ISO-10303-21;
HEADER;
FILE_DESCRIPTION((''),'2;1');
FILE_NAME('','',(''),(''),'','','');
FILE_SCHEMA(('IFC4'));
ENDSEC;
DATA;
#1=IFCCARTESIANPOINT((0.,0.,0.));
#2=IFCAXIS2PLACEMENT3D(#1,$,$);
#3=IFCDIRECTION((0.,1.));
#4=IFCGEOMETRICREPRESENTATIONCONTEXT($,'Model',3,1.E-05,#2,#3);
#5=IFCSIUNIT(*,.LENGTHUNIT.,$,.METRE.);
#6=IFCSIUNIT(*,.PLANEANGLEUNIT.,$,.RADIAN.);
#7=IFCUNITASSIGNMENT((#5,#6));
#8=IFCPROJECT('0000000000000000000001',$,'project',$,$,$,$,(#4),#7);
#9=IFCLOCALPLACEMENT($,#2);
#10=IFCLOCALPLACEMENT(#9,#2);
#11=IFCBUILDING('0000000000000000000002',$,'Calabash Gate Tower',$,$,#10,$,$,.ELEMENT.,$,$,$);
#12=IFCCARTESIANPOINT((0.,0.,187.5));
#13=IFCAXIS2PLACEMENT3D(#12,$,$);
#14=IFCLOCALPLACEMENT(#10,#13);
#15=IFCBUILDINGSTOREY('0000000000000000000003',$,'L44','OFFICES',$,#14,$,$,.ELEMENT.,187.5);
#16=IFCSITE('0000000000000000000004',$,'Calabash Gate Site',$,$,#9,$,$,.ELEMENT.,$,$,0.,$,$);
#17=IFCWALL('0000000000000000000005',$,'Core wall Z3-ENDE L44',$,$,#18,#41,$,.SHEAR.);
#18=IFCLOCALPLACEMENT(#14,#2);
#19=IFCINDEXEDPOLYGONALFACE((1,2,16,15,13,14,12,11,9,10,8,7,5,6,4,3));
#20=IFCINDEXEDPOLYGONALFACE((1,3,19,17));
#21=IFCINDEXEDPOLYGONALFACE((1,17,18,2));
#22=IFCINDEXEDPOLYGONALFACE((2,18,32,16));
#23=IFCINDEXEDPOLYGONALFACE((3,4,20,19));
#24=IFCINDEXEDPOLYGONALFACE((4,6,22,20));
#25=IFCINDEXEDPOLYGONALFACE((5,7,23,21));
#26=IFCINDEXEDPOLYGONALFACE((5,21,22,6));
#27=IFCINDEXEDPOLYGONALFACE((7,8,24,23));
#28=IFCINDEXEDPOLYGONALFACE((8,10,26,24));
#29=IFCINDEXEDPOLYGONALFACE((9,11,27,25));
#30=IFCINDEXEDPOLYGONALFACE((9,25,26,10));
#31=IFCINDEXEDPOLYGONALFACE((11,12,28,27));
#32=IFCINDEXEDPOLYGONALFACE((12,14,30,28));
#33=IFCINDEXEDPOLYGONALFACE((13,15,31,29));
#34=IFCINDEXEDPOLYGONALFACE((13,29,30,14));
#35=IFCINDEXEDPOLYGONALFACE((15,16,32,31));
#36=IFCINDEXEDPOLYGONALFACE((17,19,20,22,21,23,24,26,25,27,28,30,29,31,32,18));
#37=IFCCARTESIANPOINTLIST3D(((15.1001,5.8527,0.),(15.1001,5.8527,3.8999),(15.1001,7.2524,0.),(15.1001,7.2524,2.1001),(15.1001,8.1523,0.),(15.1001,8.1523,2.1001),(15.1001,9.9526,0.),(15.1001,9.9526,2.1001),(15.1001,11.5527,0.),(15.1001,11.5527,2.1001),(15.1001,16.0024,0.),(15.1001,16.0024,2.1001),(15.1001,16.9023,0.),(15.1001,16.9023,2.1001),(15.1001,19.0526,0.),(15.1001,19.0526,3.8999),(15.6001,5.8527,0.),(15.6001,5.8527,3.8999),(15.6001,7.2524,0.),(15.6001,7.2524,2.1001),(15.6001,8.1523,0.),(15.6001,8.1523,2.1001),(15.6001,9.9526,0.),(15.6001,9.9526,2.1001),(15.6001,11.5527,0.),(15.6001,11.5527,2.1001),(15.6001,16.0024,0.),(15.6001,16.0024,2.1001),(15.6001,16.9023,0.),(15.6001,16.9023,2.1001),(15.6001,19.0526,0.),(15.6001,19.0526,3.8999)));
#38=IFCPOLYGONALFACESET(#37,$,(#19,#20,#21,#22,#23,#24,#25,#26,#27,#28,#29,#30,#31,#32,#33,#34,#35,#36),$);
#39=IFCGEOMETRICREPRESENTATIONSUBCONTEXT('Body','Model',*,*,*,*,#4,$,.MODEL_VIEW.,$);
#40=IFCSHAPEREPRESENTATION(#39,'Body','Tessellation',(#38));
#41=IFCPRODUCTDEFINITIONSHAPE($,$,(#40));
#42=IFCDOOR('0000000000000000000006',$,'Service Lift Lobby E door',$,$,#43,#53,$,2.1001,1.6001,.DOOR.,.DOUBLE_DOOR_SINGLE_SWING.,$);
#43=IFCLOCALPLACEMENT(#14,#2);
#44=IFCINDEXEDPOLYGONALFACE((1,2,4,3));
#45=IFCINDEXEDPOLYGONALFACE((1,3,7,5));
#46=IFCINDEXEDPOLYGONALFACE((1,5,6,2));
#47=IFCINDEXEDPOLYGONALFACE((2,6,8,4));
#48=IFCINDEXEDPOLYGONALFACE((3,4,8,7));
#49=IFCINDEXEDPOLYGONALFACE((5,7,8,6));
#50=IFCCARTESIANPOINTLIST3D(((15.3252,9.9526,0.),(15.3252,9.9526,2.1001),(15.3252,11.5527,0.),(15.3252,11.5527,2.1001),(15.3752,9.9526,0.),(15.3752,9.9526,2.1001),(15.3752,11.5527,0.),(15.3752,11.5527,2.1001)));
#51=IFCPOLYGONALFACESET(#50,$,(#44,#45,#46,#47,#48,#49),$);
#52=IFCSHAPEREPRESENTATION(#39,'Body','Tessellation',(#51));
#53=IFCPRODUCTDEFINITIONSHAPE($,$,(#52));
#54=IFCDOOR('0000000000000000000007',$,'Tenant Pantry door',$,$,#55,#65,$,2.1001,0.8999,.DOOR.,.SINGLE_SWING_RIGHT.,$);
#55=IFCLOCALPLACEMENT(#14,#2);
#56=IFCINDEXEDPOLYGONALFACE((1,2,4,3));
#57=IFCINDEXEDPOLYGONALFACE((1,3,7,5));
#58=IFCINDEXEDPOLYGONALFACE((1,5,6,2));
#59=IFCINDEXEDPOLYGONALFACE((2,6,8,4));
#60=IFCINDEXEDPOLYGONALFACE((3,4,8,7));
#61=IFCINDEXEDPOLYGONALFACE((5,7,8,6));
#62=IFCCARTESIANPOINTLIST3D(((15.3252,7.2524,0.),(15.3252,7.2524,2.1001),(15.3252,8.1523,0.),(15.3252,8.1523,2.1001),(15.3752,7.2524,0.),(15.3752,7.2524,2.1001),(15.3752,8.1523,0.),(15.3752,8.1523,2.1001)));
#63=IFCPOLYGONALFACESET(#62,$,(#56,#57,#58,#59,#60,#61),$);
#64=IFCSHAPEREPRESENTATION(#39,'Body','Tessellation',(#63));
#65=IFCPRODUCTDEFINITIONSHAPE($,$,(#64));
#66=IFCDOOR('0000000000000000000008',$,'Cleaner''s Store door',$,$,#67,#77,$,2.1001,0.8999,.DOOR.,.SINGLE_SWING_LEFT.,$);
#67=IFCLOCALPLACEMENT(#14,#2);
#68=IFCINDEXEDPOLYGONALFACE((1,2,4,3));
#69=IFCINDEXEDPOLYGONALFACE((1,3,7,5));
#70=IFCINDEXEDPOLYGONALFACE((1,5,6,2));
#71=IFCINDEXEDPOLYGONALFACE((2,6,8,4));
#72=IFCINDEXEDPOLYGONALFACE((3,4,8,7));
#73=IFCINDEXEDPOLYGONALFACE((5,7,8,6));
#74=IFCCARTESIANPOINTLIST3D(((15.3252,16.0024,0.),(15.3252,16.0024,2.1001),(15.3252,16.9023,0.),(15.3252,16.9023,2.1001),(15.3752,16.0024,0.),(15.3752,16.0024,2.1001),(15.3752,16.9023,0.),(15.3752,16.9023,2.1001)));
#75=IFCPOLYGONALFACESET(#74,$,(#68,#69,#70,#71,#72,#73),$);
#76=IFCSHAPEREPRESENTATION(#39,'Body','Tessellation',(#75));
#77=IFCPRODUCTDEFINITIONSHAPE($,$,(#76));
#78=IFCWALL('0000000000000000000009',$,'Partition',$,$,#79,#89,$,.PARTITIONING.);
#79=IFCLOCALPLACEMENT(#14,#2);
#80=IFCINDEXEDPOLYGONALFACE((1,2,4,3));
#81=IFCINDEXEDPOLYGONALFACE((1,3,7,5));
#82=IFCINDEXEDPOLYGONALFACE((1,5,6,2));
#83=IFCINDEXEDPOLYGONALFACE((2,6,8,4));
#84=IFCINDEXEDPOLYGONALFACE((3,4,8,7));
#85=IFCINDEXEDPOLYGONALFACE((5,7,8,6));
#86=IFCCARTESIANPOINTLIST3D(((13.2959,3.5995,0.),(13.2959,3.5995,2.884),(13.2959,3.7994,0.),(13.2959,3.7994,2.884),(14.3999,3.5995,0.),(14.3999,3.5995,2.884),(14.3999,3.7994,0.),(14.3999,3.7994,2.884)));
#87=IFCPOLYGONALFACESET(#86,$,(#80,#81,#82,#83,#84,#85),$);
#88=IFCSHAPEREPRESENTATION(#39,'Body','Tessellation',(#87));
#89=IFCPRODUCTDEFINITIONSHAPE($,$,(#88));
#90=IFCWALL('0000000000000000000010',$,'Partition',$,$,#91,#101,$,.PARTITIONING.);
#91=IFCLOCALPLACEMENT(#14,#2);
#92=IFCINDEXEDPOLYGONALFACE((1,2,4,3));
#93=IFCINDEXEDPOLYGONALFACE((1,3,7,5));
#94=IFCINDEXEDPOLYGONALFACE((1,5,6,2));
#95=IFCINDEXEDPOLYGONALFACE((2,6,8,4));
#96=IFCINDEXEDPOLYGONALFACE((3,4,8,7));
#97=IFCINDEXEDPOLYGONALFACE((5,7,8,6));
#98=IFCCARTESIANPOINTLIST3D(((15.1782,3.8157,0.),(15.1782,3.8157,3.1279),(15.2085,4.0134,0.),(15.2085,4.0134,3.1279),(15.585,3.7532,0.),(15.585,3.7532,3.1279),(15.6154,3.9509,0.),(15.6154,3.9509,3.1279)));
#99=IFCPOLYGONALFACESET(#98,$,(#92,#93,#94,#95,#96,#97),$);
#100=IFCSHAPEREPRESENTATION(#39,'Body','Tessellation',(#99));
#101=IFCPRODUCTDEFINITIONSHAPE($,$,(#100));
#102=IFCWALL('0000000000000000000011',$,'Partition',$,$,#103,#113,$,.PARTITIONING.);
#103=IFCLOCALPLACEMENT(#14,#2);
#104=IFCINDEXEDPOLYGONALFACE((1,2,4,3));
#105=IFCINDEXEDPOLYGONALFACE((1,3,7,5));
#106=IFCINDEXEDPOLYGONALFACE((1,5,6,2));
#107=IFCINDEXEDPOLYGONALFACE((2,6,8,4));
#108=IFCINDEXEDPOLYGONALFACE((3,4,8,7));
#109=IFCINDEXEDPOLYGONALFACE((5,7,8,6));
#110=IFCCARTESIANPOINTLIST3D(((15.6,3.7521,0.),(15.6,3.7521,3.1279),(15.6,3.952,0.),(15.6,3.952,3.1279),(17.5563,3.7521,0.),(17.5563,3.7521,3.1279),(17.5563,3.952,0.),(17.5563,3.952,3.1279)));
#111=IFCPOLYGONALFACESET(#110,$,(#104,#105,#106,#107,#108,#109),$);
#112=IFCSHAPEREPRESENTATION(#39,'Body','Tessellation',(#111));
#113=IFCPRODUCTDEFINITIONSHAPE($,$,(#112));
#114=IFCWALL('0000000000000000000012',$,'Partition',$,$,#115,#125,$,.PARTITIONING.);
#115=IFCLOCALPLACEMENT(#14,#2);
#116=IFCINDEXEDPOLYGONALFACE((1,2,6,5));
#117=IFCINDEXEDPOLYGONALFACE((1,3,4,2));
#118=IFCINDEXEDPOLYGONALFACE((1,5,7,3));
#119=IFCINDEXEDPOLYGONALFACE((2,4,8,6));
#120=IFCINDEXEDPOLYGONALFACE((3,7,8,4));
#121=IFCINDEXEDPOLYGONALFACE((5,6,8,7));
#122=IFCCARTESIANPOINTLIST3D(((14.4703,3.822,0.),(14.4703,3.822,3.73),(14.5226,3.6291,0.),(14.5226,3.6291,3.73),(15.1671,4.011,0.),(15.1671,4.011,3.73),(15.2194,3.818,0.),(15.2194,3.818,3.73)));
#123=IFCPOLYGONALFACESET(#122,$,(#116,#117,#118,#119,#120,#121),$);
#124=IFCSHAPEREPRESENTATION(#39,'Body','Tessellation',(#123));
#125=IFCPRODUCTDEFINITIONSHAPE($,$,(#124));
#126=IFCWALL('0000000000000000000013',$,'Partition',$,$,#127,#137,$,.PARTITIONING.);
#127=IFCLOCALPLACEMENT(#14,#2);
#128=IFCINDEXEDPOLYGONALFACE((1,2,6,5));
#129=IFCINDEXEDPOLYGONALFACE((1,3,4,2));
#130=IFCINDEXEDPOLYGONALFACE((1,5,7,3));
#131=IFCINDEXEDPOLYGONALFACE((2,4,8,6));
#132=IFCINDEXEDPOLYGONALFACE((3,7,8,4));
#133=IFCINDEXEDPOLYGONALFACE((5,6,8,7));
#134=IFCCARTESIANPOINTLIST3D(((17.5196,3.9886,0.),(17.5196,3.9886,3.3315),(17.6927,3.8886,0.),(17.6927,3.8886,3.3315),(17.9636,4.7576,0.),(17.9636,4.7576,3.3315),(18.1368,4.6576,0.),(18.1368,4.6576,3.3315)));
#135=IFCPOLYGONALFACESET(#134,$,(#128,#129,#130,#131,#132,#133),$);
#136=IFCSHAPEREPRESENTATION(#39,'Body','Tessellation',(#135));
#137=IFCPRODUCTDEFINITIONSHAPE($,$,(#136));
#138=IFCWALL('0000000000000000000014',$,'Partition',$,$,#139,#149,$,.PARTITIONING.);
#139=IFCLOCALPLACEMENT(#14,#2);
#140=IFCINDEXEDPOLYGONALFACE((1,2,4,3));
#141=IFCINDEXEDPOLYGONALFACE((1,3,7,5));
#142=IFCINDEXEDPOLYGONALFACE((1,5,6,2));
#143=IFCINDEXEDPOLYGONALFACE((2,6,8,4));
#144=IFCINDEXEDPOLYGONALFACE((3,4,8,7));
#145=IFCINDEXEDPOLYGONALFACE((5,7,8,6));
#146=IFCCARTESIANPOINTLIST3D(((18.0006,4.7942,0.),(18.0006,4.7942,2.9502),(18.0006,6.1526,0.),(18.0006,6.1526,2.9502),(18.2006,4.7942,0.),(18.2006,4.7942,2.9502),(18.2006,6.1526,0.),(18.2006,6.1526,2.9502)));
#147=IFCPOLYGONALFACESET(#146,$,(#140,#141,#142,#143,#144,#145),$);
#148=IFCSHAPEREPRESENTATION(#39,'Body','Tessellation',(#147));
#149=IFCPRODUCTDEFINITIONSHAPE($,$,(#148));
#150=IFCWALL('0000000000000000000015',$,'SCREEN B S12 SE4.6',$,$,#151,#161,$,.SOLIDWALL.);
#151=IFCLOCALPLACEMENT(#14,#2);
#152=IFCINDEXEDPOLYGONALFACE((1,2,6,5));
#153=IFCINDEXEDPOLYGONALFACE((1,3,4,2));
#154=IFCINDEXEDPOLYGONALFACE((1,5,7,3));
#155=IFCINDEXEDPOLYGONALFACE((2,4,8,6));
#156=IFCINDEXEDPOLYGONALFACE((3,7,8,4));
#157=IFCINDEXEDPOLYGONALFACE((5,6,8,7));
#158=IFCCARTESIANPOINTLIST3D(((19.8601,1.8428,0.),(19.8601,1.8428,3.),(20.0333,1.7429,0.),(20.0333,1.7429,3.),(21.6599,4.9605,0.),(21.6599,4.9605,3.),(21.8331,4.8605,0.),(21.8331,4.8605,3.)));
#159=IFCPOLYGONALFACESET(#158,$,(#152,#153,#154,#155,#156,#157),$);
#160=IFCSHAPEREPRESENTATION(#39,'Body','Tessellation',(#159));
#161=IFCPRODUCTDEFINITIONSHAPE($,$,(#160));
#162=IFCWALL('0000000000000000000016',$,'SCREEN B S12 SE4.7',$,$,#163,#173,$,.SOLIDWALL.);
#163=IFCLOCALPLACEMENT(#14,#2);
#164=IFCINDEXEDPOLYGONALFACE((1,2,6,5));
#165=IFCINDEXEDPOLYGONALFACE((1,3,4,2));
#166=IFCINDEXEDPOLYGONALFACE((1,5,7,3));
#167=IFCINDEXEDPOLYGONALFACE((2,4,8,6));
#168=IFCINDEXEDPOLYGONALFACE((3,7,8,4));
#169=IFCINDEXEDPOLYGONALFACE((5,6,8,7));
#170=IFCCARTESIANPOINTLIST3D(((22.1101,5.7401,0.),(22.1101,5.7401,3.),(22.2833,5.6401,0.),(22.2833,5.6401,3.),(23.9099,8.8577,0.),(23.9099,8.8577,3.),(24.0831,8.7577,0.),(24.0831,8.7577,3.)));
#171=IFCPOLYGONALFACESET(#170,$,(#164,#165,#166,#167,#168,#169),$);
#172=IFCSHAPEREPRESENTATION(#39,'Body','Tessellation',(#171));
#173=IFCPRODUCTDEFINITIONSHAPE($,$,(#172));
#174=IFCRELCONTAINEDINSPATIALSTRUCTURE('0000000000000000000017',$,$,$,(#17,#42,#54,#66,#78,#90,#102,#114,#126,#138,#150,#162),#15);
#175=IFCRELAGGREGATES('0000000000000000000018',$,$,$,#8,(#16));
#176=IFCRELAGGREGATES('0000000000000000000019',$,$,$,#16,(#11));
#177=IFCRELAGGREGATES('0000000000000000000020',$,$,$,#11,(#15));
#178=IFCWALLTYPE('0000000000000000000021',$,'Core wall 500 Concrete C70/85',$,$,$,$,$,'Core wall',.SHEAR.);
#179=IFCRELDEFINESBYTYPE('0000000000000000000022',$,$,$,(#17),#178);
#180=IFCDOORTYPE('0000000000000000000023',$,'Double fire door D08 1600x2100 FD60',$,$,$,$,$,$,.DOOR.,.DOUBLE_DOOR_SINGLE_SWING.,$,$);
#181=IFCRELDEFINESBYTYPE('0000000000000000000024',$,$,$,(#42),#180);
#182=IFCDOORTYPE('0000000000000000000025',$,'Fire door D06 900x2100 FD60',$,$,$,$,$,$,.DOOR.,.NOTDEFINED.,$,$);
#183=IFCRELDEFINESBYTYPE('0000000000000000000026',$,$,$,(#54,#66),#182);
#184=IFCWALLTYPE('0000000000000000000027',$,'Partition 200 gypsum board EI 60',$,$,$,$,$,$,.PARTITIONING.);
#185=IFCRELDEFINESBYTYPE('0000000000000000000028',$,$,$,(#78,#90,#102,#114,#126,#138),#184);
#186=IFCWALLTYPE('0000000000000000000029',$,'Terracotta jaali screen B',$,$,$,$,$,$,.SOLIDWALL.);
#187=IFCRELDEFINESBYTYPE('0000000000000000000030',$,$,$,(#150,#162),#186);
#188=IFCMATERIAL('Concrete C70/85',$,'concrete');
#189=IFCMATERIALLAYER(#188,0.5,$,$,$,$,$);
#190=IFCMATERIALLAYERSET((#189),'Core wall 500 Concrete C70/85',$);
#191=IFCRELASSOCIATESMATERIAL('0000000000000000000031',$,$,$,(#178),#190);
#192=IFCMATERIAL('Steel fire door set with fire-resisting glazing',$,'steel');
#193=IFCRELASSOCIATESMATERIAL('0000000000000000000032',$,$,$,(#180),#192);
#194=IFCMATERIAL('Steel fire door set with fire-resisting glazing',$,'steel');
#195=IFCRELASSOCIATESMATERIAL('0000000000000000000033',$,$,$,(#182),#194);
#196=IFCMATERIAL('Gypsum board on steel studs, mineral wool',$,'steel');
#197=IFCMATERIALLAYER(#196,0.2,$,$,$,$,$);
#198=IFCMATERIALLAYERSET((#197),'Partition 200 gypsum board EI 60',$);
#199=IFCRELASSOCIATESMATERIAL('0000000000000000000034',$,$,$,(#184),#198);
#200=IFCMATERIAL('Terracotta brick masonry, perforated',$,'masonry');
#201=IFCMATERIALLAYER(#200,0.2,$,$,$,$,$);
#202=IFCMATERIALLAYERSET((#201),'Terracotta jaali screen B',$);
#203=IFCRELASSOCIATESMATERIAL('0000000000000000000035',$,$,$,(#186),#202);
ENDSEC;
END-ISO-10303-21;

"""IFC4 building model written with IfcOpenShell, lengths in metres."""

from ifc_helpers import new_model, si_unit, direction, frame, frame_2d, origin, place, context, subcontext, project, spatial, rectangle, extrude, material, layer, layer_set, type_object, element, fill, save


model = new_model("IFC4")

# Units and contexts
model_context = context("Model", 3, precision=1e-05, world=origin(), true_north=direction((0.0, 1.0)))
body_context = subcontext(model_context, "Body", "Model", "MODEL_VIEW")
ifc_project = project(units=[si_unit("LENGTHUNIT", "METRE"), si_unit("PLANEANGLEUNIT", "RADIAN")], contexts=[model_context])

# Site, building, storey
site_placement = place(None, origin())
site = spatial("IfcSite", under=ifc_project, at=site_placement, Name="Calabash Gate Site", CompositionType="ELEMENT", RefElevation=0.0)
building_placement = place(site_placement, origin())
building = spatial("IfcBuilding", under=site, at=building_placement, Name="Calabash Gate Tower", CompositionType="ELEMENT")
storey_placement = place(building_placement, frame((0.0, 0.0, 187.5)))
storey = spatial("IfcBuildingStorey", under=building, at=storey_placement, Name="L44", Description="OFFICES", CompositionType="ELEMENT", Elevation=187.5)

# Wall, openings, doors
ifc_material_1 = material(Name="Concrete C70/85", Category="concrete")
ifc_layer_1 = layer(ifc_material_1, 0.5)
ifc_layer_set_1 = layer_set([ifc_layer_1], Name="Core wall 500 Concrete C70/85")
wall_type_1 = type_object("IfcWallType", Name="Core wall 500 Concrete C70/85", ElementType="Core wall", PredefinedType="SHEAR", material=ifc_layer_set_1)
wall_1_placement = place(storey_placement, frame((15.3501, 5.8525, 0.0), z_axis=(0.0, 0.0, 1.0), x_axis=(0.0, 1.0, 0.0)))
wall_1 = element("IfcWall", 1, at=wall_1_placement, inside=storey, type_object=wall_type_1, Name="Core wall Z3-ENDE L44", PredefinedType="SHEAR", context=body_context, shape_type="SweptSolid", body=[
    extrude(rectangle(XDim=13.2, YDim=0.5, at=frame_2d((6.6001, 0.0))), origin(), (0.0, 0.0, 1.0), 3.8999),
])
opening_1_placement = place(wall_1_placement, frame((4.1001, 0.0, 0.0)))
opening_1 = element("IfcOpeningElement", 2, at=opening_1_placement, cuts=wall_1, PredefinedType="OPENING", context=body_context, shape_type="SweptSolid", body=[
    extrude(rectangle(XDim=1.6001, YDim=2.1001, at=frame_2d((0.8, 1.05))), frame((0.0, 0.26, 0.0), z_axis=(0.0, -1.0, 0.0), x_axis=(1.0, 0.0, 0.0)), (0.0, 0.0, 1.0), 0.52),
])
opening_2_placement = place(wall_1_placement, frame((1.3999, 0.0, 0.0)))
opening_2 = element("IfcOpeningElement", 3, at=opening_2_placement, cuts=wall_1, PredefinedType="OPENING", context=body_context, shape_type="SweptSolid", body=[
    extrude(rectangle(XDim=0.8999, YDim=2.1001, at=frame_2d((0.45, 1.05))), frame((0.0, 0.26, 0.0), z_axis=(0.0, -1.0, 0.0), x_axis=(1.0, 0.0, 0.0)), (0.0, 0.0, 1.0), 0.52),
])
opening_3_placement = place(wall_1_placement, frame((10.1499, 0.0, 0.0)))
opening_3 = element("IfcOpeningElement", 4, at=opening_3_placement, cuts=wall_1, PredefinedType="OPENING", context=body_context, shape_type="SweptSolid", body=[
    extrude(rectangle(XDim=0.8999, YDim=2.1001, at=frame_2d((0.45, 1.05))), frame((0.0, 0.26, 0.0), z_axis=(0.0, -1.0, 0.0), x_axis=(1.0, 0.0, 0.0)), (0.0, 0.0, 1.0), 0.52),
])
ifc_material_2 = material(Name="Steel fire door set with fire-resisting glazing", Category="steel")
door_type_1 = type_object("IfcDoorType", Name="Double fire door D08 1600x2100 FD60", OperationType="DOUBLE_DOOR_SINGLE_SWING", PredefinedType="DOOR", material=ifc_material_2)
door_1_placement = place(opening_1_placement, origin())
door_1 = element("IfcDoor", 5, at=door_1_placement, inside=storey, type_object=door_type_1, Name="Service Lift Lobby E door", OperationType="DOUBLE_DOOR_SINGLE_SWING", OverallHeight=2.1001, OverallWidth=1.6001, PredefinedType="DOOR", context=body_context, shape_type="SweptSolid", body=[
    extrude(rectangle(XDim=1.6001, YDim=2.1001, at=frame_2d((0.8, 1.05))), frame((0.0, 0.0249, 0.0), z_axis=(0.0, -1.0, 0.0), x_axis=(1.0, 0.0, 0.0)), (0.0, 0.0, 1.0), 0.05),
])
fill(opening_1, door_1)
ifc_material_3 = material(Name="Steel fire door set with fire-resisting glazing", Category="steel")
door_type_2 = type_object("IfcDoorType", Name="Fire door D06 900x2100 FD60", OperationType="NOTDEFINED", PredefinedType="DOOR", material=ifc_material_3)
door_2_placement = place(opening_2_placement, origin())
door_2 = element("IfcDoor", 6, at=door_2_placement, inside=storey, type_object=door_type_2, Name="Tenant Pantry door", OperationType="SINGLE_SWING_RIGHT", OverallHeight=2.1001, OverallWidth=0.8999, PredefinedType="DOOR", context=body_context, shape_type="SweptSolid", body=[
    extrude(rectangle(XDim=0.8999, YDim=2.1001, at=frame_2d((0.45, 1.05))), frame((0.0, 0.0249, 0.0), z_axis=(0.0, -1.0, 0.0), x_axis=(1.0, 0.0, 0.0)), (0.0, 0.0, 1.0), 0.05),
])
fill(opening_2, door_2)
door_3_placement = place(opening_3_placement, origin())
door_3 = element("IfcDoor", 7, at=door_3_placement, inside=storey, type_object=door_type_2, Name="Cleaner's Store door", OperationType="SINGLE_SWING_LEFT", OverallHeight=2.1001, OverallWidth=0.8999, PredefinedType="DOOR", context=body_context, shape_type="SweptSolid", body=[
    extrude(rectangle(XDim=0.8999, YDim=2.1001, at=frame_2d((0.45, 1.05))), frame((0.0, 0.0249, 0.0), z_axis=(0.0, -1.0, 0.0), x_axis=(1.0, 0.0, 0.0)), (0.0, 0.0, 1.0), 0.05),
])
fill(opening_3, door_3)

# Walls
ifc_material_4 = material(Name="Gypsum board on steel studs, mineral wool", Category="steel")
ifc_layer_2 = layer(ifc_material_4, 0.2)
ifc_layer_set_2 = layer_set([ifc_layer_2], Name="Partition 200 gypsum board EI 60")
wall_type_2 = type_object("IfcWallType", Name="Partition 200 gypsum board EI 60", PredefinedType="PARTITIONING", material=ifc_layer_set_2)
wall_2_placement = place(storey_placement, frame((13.2959, 3.6995, 0.0), z_axis=(0.0, 0.0, 1.0), x_axis=(1.0, 0.0, 0.0)))
element("IfcWall", 8, at=wall_2_placement, inside=storey, type_object=wall_type_2, Name="Partition", PredefinedType="PARTITIONING", context=body_context, shape_type="SweptSolid", body=[
    extrude(rectangle(XDim=1.104, YDim=0.2, at=frame_2d((0.552, 0.0))), origin(), (0.0, 0.0, 1.0), 2.884),
])
wall_3_placement = place(storey_placement, frame((15.1934, 3.9146, 0.0), z_axis=(0.0, 0.0, 1.0), x_axis=(0.988399, -0.151879, 0.0)))
element("IfcWall", 9, at=wall_3_placement, inside=storey, type_object=wall_type_2, Name="Partition", PredefinedType="PARTITIONING", context=body_context, shape_type="SweptSolid", body=[
    extrude(rectangle(XDim=0.4116, YDim=0.2, at=frame_2d((0.2058, 0.0))), origin(), (0.0, 0.0, 1.0), 3.1279),
])
wall_4_placement = place(storey_placement, frame((15.6001, 3.8521, 0.0), z_axis=(0.0, 0.0, 1.0), x_axis=(1.0, 0.0, 0.0)))
element("IfcWall", 10, at=wall_4_placement, inside=storey, type_object=wall_type_2, Name="Partition", PredefinedType="PARTITIONING", context=body_context, shape_type="SweptSolid", body=[
    extrude(rectangle(XDim=1.9563, YDim=0.2, at=frame_2d((0.978, 0.0))), origin(), (0.0, 0.0, 1.0), 3.1279),
])
wall_5_placement = place(storey_placement, frame((14.4966, 3.7256, 0.0), z_axis=(0.0, 0.0, 1.0), x_axis=(0.965137, 0.261744, 0.0)))
element("IfcWall", 11, at=wall_5_placement, inside=storey, type_object=wall_type_2, Name="Partition", PredefinedType="PARTITIONING", context=body_context, shape_type="SweptSolid", body=[
    extrude(rectangle(XDim=0.7219, YDim=0.2, at=frame_2d((0.3608, 0.0))), origin(), (0.0, 0.0, 1.0), 3.73),
])
wall_6_placement = place(storey_placement, frame((17.6062, 3.9387, 0.0), z_axis=(0.0, 0.0, 1.0), x_axis=(0.500071, 0.865984, 0.0)))
element("IfcWall", 12, at=wall_6_placement, inside=storey, type_object=wall_type_2, Name="Partition", PredefinedType="PARTITIONING", context=body_context, shape_type="SweptSolid", body=[
    extrude(rectangle(XDim=0.8879, YDim=0.2, at=frame_2d((0.4438, 0.0))), origin(), (0.0, 0.0, 1.0), 3.3315),
])
wall_7_placement = place(storey_placement, frame((18.1006, 4.7942, 0.0), z_axis=(0.0, 0.0, 1.0), x_axis=(0.0, 1.0, 0.0)))
element("IfcWall", 13, at=wall_7_placement, inside=storey, type_object=wall_type_2, Name="Partition", PredefinedType="PARTITIONING", context=body_context, shape_type="SweptSolid", body=[
    extrude(rectangle(XDim=1.3584, YDim=0.2, at=frame_2d((0.6792, 0.0))), origin(), (0.0, 0.0, 1.0), 2.9502),
])
ifc_material_5 = material(Name="Terracotta brick masonry, perforated", Category="masonry")
ifc_layer_3 = layer(ifc_material_5, 0.2)
ifc_layer_set_3 = layer_set([ifc_layer_3], Name="Terracotta jaali screen B")
wall_type_3 = type_object("IfcWallType", Name="Terracotta jaali screen B", PredefinedType="SOLIDWALL", material=ifc_layer_set_3)
for number, where, z_axis, x_axis, name in (
    (14, (19.9468, 1.793, 0.0), (0.0, 0.0, 1.0), (0.499961, 0.866048, 0.0), "SCREEN B S12 SE4.6"),
    (15, (22.1968, 5.6902, 0.0), (0.0, 0.0, 1.0), (0.499961, 0.866048, 0.0), "SCREEN B S12 SE4.7"),
):
    element("IfcWall", number, at=place(storey_placement, frame(where, z_axis=z_axis, x_axis=x_axis)), inside=storey, type_object=wall_type_3, Name=name, PredefinedType="SOLIDWALL", context=body_context, shape_type="SweptSolid", body=[
        extrude(rectangle(XDim=3.5999, YDim=0.2, at=frame_2d((1.7998, 0.0))), origin(), (0.0, 0.0, 1.0), 3.0),
    ])

save(model, "model.ifc")
